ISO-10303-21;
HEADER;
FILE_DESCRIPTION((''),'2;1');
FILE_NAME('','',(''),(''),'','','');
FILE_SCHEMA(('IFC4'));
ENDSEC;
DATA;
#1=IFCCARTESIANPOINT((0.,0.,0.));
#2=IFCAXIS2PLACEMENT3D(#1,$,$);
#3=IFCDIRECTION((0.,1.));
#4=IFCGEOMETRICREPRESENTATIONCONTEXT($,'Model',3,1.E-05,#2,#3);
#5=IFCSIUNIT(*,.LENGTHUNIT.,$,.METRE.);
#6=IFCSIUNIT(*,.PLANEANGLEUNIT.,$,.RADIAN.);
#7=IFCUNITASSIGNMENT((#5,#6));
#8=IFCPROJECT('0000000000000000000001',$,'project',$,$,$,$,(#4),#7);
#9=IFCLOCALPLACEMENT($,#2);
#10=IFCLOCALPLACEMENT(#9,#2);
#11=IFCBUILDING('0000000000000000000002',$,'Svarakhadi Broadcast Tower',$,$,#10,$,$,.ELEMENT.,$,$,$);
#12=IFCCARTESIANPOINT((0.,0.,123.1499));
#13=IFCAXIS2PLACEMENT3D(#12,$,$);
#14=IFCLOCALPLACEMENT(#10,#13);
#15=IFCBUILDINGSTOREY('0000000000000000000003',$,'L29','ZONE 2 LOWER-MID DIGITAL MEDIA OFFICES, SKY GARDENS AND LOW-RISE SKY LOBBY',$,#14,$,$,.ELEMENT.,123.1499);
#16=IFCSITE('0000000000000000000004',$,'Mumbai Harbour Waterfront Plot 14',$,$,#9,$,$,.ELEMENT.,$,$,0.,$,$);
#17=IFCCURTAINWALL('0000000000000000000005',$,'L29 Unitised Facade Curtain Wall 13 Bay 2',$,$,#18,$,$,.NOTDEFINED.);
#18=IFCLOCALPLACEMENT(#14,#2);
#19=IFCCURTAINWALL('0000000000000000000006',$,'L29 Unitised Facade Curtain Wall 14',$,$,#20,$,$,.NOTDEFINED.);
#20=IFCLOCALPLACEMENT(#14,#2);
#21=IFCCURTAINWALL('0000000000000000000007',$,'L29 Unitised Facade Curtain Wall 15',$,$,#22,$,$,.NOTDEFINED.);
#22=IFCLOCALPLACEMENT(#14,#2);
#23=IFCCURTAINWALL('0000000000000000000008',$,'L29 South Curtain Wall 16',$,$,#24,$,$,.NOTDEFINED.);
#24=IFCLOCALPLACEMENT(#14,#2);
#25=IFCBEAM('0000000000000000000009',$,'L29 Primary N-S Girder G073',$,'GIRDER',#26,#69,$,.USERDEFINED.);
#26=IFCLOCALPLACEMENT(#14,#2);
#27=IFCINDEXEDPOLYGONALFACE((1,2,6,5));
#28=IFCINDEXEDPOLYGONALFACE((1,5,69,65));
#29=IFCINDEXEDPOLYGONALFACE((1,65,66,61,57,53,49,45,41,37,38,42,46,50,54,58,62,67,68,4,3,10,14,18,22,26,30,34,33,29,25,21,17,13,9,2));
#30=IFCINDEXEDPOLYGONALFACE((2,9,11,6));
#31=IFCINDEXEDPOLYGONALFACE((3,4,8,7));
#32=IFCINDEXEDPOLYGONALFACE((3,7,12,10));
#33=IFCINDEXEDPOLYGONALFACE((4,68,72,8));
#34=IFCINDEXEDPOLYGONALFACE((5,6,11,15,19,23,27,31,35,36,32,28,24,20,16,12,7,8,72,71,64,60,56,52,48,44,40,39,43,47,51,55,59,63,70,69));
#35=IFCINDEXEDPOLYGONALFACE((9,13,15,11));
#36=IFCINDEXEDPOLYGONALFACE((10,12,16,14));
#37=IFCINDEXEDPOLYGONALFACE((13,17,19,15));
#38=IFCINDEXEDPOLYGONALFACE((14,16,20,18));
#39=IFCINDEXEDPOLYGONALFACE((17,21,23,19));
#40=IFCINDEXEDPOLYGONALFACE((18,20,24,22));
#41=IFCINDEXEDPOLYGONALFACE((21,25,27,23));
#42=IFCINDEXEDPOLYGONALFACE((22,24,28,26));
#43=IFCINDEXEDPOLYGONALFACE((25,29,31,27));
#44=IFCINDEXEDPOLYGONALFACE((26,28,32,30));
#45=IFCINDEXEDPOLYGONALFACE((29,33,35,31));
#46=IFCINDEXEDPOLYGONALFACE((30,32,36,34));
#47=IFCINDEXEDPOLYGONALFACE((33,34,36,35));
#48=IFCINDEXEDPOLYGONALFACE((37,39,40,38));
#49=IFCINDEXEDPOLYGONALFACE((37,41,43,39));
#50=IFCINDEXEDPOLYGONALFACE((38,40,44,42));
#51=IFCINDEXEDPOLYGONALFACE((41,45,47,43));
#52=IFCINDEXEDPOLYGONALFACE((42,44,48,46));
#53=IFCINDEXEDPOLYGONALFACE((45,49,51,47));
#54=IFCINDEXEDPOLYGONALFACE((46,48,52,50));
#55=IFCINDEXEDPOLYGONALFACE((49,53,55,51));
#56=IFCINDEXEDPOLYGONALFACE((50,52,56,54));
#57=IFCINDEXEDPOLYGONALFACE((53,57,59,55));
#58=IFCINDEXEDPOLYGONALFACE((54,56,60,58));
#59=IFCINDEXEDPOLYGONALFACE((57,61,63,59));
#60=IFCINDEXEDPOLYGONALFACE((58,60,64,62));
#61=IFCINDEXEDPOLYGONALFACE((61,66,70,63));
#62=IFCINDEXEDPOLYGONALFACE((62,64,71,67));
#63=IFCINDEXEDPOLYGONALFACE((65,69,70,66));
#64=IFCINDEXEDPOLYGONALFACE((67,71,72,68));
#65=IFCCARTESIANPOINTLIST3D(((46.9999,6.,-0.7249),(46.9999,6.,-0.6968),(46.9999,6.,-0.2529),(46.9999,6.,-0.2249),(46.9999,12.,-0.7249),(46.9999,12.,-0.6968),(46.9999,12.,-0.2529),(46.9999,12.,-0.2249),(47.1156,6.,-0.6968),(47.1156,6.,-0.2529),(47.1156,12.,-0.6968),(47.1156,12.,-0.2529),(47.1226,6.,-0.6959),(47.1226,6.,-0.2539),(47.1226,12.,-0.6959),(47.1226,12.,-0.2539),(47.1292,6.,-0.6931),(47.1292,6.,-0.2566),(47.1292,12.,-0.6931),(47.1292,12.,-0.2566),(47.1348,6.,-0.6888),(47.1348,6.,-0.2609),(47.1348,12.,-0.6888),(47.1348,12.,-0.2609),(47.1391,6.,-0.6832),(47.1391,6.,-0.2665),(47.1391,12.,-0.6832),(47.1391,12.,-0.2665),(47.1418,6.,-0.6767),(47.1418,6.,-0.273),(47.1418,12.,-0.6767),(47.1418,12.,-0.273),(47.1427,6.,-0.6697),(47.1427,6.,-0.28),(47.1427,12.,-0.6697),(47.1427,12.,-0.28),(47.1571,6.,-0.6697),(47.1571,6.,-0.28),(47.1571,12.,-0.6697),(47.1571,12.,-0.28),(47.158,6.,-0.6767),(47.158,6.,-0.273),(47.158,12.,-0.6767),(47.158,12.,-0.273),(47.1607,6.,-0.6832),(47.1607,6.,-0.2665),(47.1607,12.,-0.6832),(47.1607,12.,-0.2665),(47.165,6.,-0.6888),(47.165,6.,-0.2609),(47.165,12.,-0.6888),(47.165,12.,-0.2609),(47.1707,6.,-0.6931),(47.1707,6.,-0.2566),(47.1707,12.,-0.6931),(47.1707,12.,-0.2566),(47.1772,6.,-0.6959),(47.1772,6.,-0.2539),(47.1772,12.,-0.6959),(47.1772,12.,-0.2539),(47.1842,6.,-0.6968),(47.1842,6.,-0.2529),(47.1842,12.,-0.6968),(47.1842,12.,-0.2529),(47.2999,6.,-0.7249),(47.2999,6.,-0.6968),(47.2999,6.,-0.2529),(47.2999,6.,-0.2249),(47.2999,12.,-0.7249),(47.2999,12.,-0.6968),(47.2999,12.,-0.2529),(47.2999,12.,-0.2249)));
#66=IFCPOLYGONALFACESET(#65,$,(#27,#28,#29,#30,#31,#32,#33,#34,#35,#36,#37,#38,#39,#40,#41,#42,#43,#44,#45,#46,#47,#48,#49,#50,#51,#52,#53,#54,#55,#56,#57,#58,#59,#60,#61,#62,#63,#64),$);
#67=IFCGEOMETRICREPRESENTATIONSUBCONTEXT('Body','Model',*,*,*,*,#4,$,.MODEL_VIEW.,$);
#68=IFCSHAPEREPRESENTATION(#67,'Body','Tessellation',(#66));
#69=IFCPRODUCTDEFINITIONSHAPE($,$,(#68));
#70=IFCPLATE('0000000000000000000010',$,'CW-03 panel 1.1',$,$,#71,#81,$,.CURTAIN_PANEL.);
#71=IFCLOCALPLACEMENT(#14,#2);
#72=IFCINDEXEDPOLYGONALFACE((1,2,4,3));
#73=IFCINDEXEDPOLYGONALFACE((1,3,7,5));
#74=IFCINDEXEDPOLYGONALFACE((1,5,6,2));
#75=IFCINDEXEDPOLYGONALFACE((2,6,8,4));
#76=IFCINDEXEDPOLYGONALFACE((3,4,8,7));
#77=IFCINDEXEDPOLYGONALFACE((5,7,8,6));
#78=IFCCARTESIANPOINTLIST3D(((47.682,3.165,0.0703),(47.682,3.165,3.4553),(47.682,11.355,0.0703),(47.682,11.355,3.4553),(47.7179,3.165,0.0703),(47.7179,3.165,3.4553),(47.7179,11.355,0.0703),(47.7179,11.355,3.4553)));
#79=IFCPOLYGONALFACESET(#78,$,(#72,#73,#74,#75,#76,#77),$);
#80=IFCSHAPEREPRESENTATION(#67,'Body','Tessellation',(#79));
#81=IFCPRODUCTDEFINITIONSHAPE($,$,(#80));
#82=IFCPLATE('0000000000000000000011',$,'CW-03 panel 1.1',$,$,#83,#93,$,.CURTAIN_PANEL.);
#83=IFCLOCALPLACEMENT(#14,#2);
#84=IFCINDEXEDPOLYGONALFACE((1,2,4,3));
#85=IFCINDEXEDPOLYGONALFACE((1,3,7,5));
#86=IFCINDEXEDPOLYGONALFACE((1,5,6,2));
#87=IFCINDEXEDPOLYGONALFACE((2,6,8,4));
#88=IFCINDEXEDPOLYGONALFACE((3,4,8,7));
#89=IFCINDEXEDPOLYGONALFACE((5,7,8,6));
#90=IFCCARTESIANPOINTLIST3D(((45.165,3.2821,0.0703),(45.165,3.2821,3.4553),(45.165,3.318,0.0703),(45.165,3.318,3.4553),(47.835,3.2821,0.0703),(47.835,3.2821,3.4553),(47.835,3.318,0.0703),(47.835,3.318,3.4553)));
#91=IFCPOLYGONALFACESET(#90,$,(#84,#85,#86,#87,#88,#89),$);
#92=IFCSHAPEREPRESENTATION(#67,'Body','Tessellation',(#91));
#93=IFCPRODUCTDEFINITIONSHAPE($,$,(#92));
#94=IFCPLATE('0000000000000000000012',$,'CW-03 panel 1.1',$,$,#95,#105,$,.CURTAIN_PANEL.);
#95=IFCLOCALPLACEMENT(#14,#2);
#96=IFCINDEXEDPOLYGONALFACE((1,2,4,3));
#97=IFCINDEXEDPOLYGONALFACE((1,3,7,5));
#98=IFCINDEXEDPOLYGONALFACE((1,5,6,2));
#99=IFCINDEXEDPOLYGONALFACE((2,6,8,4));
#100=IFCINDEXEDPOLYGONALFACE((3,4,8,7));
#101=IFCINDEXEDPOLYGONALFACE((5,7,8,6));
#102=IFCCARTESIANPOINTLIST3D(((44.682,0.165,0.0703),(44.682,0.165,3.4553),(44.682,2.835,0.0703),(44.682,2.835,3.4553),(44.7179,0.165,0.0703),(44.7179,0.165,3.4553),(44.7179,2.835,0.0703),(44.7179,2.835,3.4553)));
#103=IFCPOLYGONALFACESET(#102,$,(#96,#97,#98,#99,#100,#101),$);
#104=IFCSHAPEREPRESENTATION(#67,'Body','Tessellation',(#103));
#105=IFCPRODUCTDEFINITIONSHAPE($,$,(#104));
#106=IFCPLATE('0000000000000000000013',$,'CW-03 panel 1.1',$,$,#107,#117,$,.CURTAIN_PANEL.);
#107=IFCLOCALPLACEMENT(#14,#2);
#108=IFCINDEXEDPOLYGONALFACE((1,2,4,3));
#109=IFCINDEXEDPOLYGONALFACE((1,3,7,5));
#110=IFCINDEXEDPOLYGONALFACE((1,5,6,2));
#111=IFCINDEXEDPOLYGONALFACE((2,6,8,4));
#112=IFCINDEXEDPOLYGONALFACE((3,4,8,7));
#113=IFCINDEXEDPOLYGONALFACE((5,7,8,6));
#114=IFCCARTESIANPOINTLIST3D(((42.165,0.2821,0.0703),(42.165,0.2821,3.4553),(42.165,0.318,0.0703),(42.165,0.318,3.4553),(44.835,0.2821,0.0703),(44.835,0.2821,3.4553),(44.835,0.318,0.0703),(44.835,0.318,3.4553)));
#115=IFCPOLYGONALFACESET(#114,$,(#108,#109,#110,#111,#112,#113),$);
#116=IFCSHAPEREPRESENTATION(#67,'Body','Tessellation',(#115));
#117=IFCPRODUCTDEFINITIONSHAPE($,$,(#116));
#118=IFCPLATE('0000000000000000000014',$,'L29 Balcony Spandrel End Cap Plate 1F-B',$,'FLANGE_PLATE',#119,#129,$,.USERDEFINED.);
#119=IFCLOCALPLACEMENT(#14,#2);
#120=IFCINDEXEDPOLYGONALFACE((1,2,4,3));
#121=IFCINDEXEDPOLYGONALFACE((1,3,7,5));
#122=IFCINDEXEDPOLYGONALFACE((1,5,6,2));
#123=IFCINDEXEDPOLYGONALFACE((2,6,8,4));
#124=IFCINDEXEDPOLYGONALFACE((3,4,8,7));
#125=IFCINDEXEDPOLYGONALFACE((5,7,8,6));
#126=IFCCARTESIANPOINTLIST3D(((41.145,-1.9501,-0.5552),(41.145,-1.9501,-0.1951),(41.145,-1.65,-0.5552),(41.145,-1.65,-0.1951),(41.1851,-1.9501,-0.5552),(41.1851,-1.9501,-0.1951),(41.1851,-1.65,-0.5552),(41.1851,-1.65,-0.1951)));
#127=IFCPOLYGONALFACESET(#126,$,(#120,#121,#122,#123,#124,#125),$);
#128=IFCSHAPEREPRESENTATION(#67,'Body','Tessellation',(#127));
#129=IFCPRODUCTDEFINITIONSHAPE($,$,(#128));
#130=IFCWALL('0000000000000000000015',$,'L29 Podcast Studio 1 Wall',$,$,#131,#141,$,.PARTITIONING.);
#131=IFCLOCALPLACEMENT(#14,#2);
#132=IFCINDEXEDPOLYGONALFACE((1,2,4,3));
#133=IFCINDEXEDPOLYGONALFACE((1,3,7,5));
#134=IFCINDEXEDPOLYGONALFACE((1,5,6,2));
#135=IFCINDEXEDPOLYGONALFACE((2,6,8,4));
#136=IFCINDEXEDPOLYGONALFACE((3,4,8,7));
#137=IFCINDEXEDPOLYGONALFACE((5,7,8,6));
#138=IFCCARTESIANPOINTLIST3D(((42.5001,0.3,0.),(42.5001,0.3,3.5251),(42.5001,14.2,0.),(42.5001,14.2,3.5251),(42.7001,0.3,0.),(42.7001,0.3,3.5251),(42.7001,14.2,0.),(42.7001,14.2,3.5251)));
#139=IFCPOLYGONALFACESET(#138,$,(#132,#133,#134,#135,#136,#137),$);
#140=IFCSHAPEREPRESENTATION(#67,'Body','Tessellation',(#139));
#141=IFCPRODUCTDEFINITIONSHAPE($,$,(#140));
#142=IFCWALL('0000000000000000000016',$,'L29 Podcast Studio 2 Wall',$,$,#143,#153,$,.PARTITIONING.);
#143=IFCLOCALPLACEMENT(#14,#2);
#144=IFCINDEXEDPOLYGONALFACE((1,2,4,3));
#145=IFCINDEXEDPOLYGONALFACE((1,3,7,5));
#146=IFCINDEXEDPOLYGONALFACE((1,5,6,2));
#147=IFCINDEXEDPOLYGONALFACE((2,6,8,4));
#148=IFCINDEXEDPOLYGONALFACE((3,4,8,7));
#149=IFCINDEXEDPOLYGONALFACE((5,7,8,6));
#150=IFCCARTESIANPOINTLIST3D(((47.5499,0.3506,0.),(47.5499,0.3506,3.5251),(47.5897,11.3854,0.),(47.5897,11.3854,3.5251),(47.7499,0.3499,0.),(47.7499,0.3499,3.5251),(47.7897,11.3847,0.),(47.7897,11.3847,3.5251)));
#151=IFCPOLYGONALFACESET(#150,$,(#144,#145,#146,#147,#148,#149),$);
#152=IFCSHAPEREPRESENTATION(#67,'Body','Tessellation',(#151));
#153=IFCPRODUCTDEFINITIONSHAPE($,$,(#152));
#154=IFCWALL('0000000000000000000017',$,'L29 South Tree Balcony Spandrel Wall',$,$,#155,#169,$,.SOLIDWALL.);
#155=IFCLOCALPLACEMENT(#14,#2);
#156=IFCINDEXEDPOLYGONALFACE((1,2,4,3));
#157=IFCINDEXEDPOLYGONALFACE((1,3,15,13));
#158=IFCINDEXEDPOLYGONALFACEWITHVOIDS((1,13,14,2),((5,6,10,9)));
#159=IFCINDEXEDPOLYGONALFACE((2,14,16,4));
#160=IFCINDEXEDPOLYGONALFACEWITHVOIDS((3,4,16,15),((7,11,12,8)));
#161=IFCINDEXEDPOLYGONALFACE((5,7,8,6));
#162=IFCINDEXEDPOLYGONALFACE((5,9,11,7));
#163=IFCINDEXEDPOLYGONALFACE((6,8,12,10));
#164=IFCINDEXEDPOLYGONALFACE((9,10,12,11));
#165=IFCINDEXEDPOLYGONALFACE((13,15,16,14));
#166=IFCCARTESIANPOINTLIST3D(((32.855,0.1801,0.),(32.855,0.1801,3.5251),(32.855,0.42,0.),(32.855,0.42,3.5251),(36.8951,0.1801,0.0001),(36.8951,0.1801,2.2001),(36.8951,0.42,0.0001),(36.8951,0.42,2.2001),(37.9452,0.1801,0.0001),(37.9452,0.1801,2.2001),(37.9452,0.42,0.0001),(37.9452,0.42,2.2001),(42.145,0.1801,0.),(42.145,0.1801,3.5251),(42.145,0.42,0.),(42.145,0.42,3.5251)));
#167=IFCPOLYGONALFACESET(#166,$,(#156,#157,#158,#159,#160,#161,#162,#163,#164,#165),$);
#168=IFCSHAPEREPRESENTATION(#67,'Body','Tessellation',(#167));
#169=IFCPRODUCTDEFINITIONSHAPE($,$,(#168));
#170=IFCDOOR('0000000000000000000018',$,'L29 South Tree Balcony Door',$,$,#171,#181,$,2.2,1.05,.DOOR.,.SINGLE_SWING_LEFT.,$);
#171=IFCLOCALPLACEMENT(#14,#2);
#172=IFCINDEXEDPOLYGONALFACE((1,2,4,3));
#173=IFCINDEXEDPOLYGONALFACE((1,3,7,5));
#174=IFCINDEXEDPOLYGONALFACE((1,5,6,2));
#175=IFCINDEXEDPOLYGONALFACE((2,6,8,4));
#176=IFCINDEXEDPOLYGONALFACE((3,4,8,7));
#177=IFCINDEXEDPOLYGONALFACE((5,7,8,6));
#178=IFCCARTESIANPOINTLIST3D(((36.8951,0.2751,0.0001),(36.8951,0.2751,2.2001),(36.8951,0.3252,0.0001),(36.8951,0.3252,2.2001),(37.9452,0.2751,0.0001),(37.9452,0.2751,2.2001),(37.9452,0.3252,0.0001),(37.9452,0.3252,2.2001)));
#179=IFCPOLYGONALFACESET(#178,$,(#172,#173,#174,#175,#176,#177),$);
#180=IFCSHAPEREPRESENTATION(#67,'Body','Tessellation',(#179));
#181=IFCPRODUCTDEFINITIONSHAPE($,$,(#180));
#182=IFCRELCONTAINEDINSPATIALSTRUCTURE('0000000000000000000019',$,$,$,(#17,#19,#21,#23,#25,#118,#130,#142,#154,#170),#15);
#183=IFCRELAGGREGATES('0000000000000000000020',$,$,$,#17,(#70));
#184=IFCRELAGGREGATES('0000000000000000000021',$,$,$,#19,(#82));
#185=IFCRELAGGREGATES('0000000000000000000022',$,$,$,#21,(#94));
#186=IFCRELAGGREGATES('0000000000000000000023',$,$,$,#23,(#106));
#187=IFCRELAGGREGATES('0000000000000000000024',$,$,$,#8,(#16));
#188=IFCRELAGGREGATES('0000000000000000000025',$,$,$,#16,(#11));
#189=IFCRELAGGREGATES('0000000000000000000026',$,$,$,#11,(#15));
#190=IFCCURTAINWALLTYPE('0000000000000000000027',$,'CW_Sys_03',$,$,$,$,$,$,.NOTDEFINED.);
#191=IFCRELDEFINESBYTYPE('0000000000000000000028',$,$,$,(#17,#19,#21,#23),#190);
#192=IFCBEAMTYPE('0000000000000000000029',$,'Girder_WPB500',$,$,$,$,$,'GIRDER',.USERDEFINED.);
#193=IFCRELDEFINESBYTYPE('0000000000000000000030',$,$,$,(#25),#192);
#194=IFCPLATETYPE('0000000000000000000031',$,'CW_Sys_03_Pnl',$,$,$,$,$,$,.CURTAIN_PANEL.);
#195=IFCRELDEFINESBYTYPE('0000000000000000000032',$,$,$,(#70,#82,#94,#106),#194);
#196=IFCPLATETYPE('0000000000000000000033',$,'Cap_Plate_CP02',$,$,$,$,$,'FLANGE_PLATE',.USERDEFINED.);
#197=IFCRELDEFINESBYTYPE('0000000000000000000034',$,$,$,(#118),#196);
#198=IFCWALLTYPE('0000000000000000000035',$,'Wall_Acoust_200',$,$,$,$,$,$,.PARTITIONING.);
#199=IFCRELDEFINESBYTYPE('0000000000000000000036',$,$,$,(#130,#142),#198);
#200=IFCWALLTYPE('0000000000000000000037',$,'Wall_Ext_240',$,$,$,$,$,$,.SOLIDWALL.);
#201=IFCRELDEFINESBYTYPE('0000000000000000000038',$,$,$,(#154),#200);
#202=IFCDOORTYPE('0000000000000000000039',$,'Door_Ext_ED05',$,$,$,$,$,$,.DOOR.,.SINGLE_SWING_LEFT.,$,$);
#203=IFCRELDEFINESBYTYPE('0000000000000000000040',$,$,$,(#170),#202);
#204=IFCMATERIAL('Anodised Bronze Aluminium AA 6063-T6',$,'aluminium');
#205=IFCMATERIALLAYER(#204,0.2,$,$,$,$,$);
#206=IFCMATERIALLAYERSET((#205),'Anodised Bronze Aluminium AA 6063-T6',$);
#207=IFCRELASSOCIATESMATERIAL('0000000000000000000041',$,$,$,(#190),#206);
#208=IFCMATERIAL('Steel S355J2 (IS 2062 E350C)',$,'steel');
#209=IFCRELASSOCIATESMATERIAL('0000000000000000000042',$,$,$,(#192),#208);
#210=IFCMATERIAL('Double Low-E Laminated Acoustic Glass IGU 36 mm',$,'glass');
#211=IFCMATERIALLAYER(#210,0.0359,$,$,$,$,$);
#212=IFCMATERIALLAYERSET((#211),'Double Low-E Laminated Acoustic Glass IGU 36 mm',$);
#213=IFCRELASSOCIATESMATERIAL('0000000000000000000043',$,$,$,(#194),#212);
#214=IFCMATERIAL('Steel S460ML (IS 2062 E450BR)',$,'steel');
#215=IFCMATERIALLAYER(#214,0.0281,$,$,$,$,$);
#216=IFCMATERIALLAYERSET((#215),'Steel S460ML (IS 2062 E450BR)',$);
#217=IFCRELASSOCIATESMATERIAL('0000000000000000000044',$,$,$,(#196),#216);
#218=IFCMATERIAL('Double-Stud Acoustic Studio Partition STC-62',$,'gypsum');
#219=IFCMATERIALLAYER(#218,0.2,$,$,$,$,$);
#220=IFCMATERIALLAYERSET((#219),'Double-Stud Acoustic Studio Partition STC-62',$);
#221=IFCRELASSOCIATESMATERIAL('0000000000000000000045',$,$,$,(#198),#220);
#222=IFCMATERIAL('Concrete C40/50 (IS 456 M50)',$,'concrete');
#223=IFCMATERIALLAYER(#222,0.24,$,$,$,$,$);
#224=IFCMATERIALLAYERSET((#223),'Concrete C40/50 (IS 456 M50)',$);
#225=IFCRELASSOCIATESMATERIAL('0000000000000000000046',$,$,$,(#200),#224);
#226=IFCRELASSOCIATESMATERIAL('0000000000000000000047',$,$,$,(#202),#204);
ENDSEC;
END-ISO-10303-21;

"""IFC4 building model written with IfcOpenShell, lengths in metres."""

from ifc_helpers import new_model, si_unit, direction, frame, frame_2d, origin, origin_2d, place, context, subcontext, project, spatial, rectangle, i_section, extrude, material, layer, layer_set, material_profile, profile_set, type_object, element, fill, aggregate, save


model = new_model("IFC4")

# Units and contexts
model_context = context("Model", 3, precision=1e-05, world=origin(), true_north=direction((0.0, 1.0)))
body_context = subcontext(model_context, "Body", "Model", "MODEL_VIEW")
ifc_project = project(units=[si_unit("LENGTHUNIT", "METRE"), si_unit("PLANEANGLEUNIT", "RADIAN")], contexts=[model_context])

# Site, building, storey
site_placement = place(None, origin())
site = spatial("IfcSite", under=ifc_project, at=site_placement, Name="Mumbai Harbour Waterfront Plot 14", CompositionType="ELEMENT", RefElevation=0.0)
building_placement = place(site_placement, origin())
building = spatial("IfcBuilding", under=site, at=building_placement, Name="Svarakhadi Broadcast Tower", CompositionType="ELEMENT")
storey_placement = place(building_placement, frame((0.0, 0.0, 123.1499)))
storey = spatial("IfcBuildingStorey", under=building, at=storey_placement, Name="L29", Description="ZONE 2 LOWER-MID DIGITAL MEDIA OFFICES, SKY GARDENS AND LOW-RISE SKY LOBBY", CompositionType="ELEMENT", Elevation=123.1499)

# Shared definitions
ifc_material_1 = material(Name="Steel S460ML (IS 2062 E450BR)", Category="steel")

# Shared definitions
ifc_material_2 = material(Name="Steel S355J2 (IS 2062 E350C)", Category="steel")

# Curtain walls
ifc_material_3 = material(Name="Anodised Bronze Aluminium AA 6063-T6", Category="aluminium")
ifc_layer_1 = layer(ifc_material_3, 0.2)
ifc_layer_set_1 = layer_set([ifc_layer_1], Name="Anodised Bronze Aluminium AA 6063-T6")
curtain_wall_type = type_object("IfcCurtainWallType", Name="CW_Sys_03", PredefinedType="NOTDEFINED", material=ifc_layer_set_1)
curtain_wall_1_placement = place(storey_placement, origin())
curtain_wall_1 = element("IfcCurtainWall", 1, at=curtain_wall_1_placement, inside=storey, type_object=curtain_wall_type, Name="L29 Unitised Facade Curtain Wall 13 Bay 2", PredefinedType="NOTDEFINED")
curtain_wall_2_placement = place(storey_placement, origin())
curtain_wall_2 = element("IfcCurtainWall", 2, at=curtain_wall_2_placement, inside=storey, type_object=curtain_wall_type, Name="L29 Unitised Facade Curtain Wall 14", PredefinedType="NOTDEFINED")
curtain_wall_3_placement = place(storey_placement, origin())
curtain_wall_3 = element("IfcCurtainWall", 3, at=curtain_wall_3_placement, inside=storey, type_object=curtain_wall_type, Name="L29 Unitised Facade Curtain Wall 15", PredefinedType="NOTDEFINED")
curtain_wall_4_placement = place(storey_placement, origin())
curtain_wall_4 = element("IfcCurtainWall", 4, at=curtain_wall_4_placement, inside=storey, type_object=curtain_wall_type, Name="L29 South Curtain Wall 16", PredefinedType="NOTDEFINED")

# Beam
ifc_material_profile_1 = material_profile(ifc_material_2, i_section(OverallWidth=0.3, OverallDepth=0.5, WebThickness=0.0144, FlangeThickness=0.0281, FilletRadius=0.0271, at=origin_2d()), Name="WPB 500x300x187")
ifc_profile_set_1 = profile_set([ifc_material_profile_1], Name="Steel S355J2 (IS 2062 E350C)")
beam_type_1 = type_object("IfcBeamType", Name="Girder_WPB500", ElementType="GIRDER", PredefinedType="USERDEFINED", material=ifc_profile_set_1)
for number, where, z_axis, x_axis, name in (
    (5, (47.1499, 6.0, -0.4749), (0.0, 1.0, 0.0), (-1.0, 0.0, 0.0), "L29 Primary N-S Girder G073"),
):
    element("IfcBeam", number, at=place(storey_placement, frame(where, z_axis=z_axis, x_axis=x_axis)), inside=storey, type_object=beam_type_1, Name=name, ObjectType="GIRDER", PredefinedType="USERDEFINED", context=body_context, shape_type="SweptSolid", body=[
        extrude(i_section(OverallWidth=0.3, OverallDepth=0.5, WebThickness=0.0144, FlangeThickness=0.0281, FilletRadius=0.0271, at=origin_2d()), origin(), (0.0, 0.0, 1.0), 6.0),
    ])

# Plates
ifc_material_4 = material(Name="Double Low-E Laminated Acoustic Glass IGU 36 mm", Category="glass")
ifc_layer_2 = layer(ifc_material_4, 0.0359)
ifc_layer_set_2 = layer_set([ifc_layer_2], Name="Double Low-E Laminated Acoustic Glass IGU 36 mm")
plate_type_1 = type_object("IfcPlateType", Name="CW_Sys_03_Pnl", PredefinedType="CURTAIN_PANEL", material=ifc_layer_set_2)
plate_1_placement = place(storey_placement, frame((47.7, 7.26, 0.0703), z_axis=(0.0, 0.0, 1.0), x_axis=(0.0, -1.0, 0.0)))
plate_1 = element("IfcPlate", 6, at=plate_1_placement, type_object=plate_type_1, Name="CW-03 panel 1.1", PredefinedType="CURTAIN_PANEL", context=body_context, shape_type="SweptSolid", body=[
    extrude(rectangle(XDim=8.1899, YDim=0.0359, at=origin_2d()), origin(), (0.0, 0.0, 1.0), 3.385),
])
aggregate(curtain_wall_1, [plate_1])
plate_2_placement = place(storey_placement, frame((46.5, 3.3, 0.0703), z_axis=(0.0, 0.0, 1.0), x_axis=(-1.0, 0.0, 0.0)))
plate_2 = element("IfcPlate", 7, at=plate_2_placement, type_object=plate_type_1, Name="CW-03 panel 1.1", PredefinedType="CURTAIN_PANEL", context=body_context, shape_type="SweptSolid", body=[
    extrude(rectangle(XDim=2.6699, YDim=0.0359, at=origin_2d()), origin(), (0.0, 0.0, 1.0), 3.385),
])
aggregate(curtain_wall_2, [plate_2])
plate_3_placement = place(storey_placement, frame((44.7, 1.5, 0.0703), z_axis=(0.0, 0.0, 1.0), x_axis=(0.0, -1.0, 0.0)))
plate_3 = element("IfcPlate", 8, at=plate_3_placement, type_object=plate_type_1, Name="CW-03 panel 1.1", PredefinedType="CURTAIN_PANEL", context=body_context, shape_type="SweptSolid", body=[
    extrude(rectangle(XDim=2.6699, YDim=0.0359, at=origin_2d()), origin(), (0.0, 0.0, 1.0), 3.385),
])
aggregate(curtain_wall_3, [plate_3])
plate_4_placement = place(storey_placement, frame((43.5, 0.3, 0.0703), z_axis=(0.0, 0.0, 1.0), x_axis=(-1.0, 0.0, 0.0)))
plate_4 = element("IfcPlate", 9, at=plate_4_placement, type_object=plate_type_1, Name="CW-03 panel 1.1", PredefinedType="CURTAIN_PANEL", context=body_context, shape_type="SweptSolid", body=[
    extrude(rectangle(XDim=2.6699, YDim=0.0359, at=origin_2d()), origin(), (0.0, 0.0, 1.0), 3.385),
])
aggregate(curtain_wall_4, [plate_4])
ifc_layer_3 = layer(ifc_material_1, 0.0281)
ifc_layer_set_3 = layer_set([ifc_layer_3], Name="Steel S460ML (IS 2062 E450BR)")
plate_type_2 = type_object("IfcPlateType", Name="Cap_Plate_CP02", ElementType="FLANGE_PLATE", PredefinedType="USERDEFINED", material=ifc_layer_set_3)
plate_5_placement = place(storey_placement, frame((41.165, -1.8, -0.5552), z_axis=(0.0, 0.0, 1.0), x_axis=(1.0, 0.0, 0.0)))
element("IfcPlate", 10, at=plate_5_placement, inside=storey, type_object=plate_type_2, Name="L29 Balcony Spandrel End Cap Plate 1F-B", ObjectType="FLANGE_PLATE", PredefinedType="USERDEFINED", context=body_context, shape_type="SweptSolid", body=[
    extrude(rectangle(XDim=0.04, YDim=0.3, at=origin_2d()), origin(), (0.0, 0.0, 1.0), 0.3601),
])

# Walls
ifc_material_5 = material(Name="Double-Stud Acoustic Studio Partition STC-62", Category="gypsum")
ifc_layer_4 = layer(ifc_material_5, 0.2)
ifc_layer_set_4 = layer_set([ifc_layer_4], Name="Double-Stud Acoustic Studio Partition STC-62")
wall_type_1 = type_object("IfcWallType", Name="Wall_Acoust_200", PredefinedType="PARTITIONING", material=ifc_layer_set_4)
wall_1_placement = place(storey_placement, frame((42.6001, 0.3, 0.0), z_axis=(0.0, 0.0, 1.0), x_axis=(0.0, 1.0, 0.0)))
element("IfcWall", 11, at=wall_1_placement, inside=storey, type_object=wall_type_1, Name="L29 Podcast Studio 1 Wall", PredefinedType="PARTITIONING", context=body_context, shape_type="SweptSolid", body=[
    extrude(rectangle(XDim=13.8999, YDim=0.2, at=frame_2d((6.95, 0.0))), origin(), (0.0, 0.0, 1.0), 3.5251),
])
wall_2_placement = place(storey_placement, frame((47.6499, 0.3501, 0.0), z_axis=(0.0, 0.0, 1.0), x_axis=(0.003606, 0.999993, 0.0)))
element("IfcWall", 12, at=wall_2_placement, inside=storey, type_object=wall_type_1, Name="L29 Podcast Studio 2 Wall", PredefinedType="PARTITIONING", context=body_context, shape_type="SweptSolid", body=[
    extrude(rectangle(XDim=11.0349, YDim=0.2, at=frame_2d((5.5176, 0.0))), origin(), (0.0, 0.0, 1.0), 3.5251),
])

# Wall, opening, door
ifc_material_6 = material(Name="Concrete C40/50 (IS 456 M50)", Category="concrete")
ifc_layer_5 = layer(ifc_material_6, 0.24)
ifc_layer_set_5 = layer_set([ifc_layer_5], Name="Concrete C40/50 (IS 456 M50)")
wall_type_2 = type_object("IfcWallType", Name="Wall_Ext_240", PredefinedType="SOLIDWALL", material=ifc_layer_set_5)
wall_3_placement = place(storey_placement, frame((42.145, 0.3, 0.0), z_axis=(0.0, 0.0, 1.0), x_axis=(-1.0, 0.0, 0.0)))
wall_3 = element("IfcWall", 13, at=wall_3_placement, inside=storey, type_object=wall_type_2, Name="L29 South Tree Balcony Spandrel Wall", PredefinedType="SOLIDWALL", context=body_context, shape_type="SweptSolid", body=[
    extrude(rectangle(XDim=9.29, YDim=0.24, at=frame_2d((4.645, 0.0))), origin(), (0.0, 0.0, 1.0), 3.5251),
])
opening_placement = place(wall_3_placement, frame((4.2, 0.0, 0.0)))
opening = element("IfcOpeningElement", 14, at=opening_placement, cuts=wall_3, PredefinedType="OPENING", context=body_context, shape_type="SweptSolid", body=[
    extrude(rectangle(XDim=1.05, YDim=2.2, at=frame_2d((0.5249, 1.1001))), frame((0.0, 0.1299, 0.0), z_axis=(0.0, -1.0, 0.0), x_axis=(1.0, 0.0, 0.0)), (0.0, 0.0, 1.0), 0.26),
])
door_type = type_object("IfcDoorType", Name="Door_Ext_ED05", OperationType="SINGLE_SWING_LEFT", PredefinedType="DOOR", material=ifc_material_3)
door_placement = place(opening_placement, origin())
door = element("IfcDoor", 15, at=door_placement, inside=storey, type_object=door_type, Name="L29 South Tree Balcony Door", OperationType="SINGLE_SWING_LEFT", OverallHeight=2.2, OverallWidth=1.05, PredefinedType="DOOR", context=body_context, shape_type="SweptSolid", body=[
    extrude(rectangle(XDim=1.05, YDim=2.2, at=frame_2d((0.5249, 1.1001))), frame((0.0, 0.0249, 0.0), z_axis=(0.0, -1.0, 0.0), x_axis=(1.0, 0.0, 0.0)), (0.0, 0.0, 1.0), 0.05),
])
fill(opening, door)

save(model, "model.ifc")
